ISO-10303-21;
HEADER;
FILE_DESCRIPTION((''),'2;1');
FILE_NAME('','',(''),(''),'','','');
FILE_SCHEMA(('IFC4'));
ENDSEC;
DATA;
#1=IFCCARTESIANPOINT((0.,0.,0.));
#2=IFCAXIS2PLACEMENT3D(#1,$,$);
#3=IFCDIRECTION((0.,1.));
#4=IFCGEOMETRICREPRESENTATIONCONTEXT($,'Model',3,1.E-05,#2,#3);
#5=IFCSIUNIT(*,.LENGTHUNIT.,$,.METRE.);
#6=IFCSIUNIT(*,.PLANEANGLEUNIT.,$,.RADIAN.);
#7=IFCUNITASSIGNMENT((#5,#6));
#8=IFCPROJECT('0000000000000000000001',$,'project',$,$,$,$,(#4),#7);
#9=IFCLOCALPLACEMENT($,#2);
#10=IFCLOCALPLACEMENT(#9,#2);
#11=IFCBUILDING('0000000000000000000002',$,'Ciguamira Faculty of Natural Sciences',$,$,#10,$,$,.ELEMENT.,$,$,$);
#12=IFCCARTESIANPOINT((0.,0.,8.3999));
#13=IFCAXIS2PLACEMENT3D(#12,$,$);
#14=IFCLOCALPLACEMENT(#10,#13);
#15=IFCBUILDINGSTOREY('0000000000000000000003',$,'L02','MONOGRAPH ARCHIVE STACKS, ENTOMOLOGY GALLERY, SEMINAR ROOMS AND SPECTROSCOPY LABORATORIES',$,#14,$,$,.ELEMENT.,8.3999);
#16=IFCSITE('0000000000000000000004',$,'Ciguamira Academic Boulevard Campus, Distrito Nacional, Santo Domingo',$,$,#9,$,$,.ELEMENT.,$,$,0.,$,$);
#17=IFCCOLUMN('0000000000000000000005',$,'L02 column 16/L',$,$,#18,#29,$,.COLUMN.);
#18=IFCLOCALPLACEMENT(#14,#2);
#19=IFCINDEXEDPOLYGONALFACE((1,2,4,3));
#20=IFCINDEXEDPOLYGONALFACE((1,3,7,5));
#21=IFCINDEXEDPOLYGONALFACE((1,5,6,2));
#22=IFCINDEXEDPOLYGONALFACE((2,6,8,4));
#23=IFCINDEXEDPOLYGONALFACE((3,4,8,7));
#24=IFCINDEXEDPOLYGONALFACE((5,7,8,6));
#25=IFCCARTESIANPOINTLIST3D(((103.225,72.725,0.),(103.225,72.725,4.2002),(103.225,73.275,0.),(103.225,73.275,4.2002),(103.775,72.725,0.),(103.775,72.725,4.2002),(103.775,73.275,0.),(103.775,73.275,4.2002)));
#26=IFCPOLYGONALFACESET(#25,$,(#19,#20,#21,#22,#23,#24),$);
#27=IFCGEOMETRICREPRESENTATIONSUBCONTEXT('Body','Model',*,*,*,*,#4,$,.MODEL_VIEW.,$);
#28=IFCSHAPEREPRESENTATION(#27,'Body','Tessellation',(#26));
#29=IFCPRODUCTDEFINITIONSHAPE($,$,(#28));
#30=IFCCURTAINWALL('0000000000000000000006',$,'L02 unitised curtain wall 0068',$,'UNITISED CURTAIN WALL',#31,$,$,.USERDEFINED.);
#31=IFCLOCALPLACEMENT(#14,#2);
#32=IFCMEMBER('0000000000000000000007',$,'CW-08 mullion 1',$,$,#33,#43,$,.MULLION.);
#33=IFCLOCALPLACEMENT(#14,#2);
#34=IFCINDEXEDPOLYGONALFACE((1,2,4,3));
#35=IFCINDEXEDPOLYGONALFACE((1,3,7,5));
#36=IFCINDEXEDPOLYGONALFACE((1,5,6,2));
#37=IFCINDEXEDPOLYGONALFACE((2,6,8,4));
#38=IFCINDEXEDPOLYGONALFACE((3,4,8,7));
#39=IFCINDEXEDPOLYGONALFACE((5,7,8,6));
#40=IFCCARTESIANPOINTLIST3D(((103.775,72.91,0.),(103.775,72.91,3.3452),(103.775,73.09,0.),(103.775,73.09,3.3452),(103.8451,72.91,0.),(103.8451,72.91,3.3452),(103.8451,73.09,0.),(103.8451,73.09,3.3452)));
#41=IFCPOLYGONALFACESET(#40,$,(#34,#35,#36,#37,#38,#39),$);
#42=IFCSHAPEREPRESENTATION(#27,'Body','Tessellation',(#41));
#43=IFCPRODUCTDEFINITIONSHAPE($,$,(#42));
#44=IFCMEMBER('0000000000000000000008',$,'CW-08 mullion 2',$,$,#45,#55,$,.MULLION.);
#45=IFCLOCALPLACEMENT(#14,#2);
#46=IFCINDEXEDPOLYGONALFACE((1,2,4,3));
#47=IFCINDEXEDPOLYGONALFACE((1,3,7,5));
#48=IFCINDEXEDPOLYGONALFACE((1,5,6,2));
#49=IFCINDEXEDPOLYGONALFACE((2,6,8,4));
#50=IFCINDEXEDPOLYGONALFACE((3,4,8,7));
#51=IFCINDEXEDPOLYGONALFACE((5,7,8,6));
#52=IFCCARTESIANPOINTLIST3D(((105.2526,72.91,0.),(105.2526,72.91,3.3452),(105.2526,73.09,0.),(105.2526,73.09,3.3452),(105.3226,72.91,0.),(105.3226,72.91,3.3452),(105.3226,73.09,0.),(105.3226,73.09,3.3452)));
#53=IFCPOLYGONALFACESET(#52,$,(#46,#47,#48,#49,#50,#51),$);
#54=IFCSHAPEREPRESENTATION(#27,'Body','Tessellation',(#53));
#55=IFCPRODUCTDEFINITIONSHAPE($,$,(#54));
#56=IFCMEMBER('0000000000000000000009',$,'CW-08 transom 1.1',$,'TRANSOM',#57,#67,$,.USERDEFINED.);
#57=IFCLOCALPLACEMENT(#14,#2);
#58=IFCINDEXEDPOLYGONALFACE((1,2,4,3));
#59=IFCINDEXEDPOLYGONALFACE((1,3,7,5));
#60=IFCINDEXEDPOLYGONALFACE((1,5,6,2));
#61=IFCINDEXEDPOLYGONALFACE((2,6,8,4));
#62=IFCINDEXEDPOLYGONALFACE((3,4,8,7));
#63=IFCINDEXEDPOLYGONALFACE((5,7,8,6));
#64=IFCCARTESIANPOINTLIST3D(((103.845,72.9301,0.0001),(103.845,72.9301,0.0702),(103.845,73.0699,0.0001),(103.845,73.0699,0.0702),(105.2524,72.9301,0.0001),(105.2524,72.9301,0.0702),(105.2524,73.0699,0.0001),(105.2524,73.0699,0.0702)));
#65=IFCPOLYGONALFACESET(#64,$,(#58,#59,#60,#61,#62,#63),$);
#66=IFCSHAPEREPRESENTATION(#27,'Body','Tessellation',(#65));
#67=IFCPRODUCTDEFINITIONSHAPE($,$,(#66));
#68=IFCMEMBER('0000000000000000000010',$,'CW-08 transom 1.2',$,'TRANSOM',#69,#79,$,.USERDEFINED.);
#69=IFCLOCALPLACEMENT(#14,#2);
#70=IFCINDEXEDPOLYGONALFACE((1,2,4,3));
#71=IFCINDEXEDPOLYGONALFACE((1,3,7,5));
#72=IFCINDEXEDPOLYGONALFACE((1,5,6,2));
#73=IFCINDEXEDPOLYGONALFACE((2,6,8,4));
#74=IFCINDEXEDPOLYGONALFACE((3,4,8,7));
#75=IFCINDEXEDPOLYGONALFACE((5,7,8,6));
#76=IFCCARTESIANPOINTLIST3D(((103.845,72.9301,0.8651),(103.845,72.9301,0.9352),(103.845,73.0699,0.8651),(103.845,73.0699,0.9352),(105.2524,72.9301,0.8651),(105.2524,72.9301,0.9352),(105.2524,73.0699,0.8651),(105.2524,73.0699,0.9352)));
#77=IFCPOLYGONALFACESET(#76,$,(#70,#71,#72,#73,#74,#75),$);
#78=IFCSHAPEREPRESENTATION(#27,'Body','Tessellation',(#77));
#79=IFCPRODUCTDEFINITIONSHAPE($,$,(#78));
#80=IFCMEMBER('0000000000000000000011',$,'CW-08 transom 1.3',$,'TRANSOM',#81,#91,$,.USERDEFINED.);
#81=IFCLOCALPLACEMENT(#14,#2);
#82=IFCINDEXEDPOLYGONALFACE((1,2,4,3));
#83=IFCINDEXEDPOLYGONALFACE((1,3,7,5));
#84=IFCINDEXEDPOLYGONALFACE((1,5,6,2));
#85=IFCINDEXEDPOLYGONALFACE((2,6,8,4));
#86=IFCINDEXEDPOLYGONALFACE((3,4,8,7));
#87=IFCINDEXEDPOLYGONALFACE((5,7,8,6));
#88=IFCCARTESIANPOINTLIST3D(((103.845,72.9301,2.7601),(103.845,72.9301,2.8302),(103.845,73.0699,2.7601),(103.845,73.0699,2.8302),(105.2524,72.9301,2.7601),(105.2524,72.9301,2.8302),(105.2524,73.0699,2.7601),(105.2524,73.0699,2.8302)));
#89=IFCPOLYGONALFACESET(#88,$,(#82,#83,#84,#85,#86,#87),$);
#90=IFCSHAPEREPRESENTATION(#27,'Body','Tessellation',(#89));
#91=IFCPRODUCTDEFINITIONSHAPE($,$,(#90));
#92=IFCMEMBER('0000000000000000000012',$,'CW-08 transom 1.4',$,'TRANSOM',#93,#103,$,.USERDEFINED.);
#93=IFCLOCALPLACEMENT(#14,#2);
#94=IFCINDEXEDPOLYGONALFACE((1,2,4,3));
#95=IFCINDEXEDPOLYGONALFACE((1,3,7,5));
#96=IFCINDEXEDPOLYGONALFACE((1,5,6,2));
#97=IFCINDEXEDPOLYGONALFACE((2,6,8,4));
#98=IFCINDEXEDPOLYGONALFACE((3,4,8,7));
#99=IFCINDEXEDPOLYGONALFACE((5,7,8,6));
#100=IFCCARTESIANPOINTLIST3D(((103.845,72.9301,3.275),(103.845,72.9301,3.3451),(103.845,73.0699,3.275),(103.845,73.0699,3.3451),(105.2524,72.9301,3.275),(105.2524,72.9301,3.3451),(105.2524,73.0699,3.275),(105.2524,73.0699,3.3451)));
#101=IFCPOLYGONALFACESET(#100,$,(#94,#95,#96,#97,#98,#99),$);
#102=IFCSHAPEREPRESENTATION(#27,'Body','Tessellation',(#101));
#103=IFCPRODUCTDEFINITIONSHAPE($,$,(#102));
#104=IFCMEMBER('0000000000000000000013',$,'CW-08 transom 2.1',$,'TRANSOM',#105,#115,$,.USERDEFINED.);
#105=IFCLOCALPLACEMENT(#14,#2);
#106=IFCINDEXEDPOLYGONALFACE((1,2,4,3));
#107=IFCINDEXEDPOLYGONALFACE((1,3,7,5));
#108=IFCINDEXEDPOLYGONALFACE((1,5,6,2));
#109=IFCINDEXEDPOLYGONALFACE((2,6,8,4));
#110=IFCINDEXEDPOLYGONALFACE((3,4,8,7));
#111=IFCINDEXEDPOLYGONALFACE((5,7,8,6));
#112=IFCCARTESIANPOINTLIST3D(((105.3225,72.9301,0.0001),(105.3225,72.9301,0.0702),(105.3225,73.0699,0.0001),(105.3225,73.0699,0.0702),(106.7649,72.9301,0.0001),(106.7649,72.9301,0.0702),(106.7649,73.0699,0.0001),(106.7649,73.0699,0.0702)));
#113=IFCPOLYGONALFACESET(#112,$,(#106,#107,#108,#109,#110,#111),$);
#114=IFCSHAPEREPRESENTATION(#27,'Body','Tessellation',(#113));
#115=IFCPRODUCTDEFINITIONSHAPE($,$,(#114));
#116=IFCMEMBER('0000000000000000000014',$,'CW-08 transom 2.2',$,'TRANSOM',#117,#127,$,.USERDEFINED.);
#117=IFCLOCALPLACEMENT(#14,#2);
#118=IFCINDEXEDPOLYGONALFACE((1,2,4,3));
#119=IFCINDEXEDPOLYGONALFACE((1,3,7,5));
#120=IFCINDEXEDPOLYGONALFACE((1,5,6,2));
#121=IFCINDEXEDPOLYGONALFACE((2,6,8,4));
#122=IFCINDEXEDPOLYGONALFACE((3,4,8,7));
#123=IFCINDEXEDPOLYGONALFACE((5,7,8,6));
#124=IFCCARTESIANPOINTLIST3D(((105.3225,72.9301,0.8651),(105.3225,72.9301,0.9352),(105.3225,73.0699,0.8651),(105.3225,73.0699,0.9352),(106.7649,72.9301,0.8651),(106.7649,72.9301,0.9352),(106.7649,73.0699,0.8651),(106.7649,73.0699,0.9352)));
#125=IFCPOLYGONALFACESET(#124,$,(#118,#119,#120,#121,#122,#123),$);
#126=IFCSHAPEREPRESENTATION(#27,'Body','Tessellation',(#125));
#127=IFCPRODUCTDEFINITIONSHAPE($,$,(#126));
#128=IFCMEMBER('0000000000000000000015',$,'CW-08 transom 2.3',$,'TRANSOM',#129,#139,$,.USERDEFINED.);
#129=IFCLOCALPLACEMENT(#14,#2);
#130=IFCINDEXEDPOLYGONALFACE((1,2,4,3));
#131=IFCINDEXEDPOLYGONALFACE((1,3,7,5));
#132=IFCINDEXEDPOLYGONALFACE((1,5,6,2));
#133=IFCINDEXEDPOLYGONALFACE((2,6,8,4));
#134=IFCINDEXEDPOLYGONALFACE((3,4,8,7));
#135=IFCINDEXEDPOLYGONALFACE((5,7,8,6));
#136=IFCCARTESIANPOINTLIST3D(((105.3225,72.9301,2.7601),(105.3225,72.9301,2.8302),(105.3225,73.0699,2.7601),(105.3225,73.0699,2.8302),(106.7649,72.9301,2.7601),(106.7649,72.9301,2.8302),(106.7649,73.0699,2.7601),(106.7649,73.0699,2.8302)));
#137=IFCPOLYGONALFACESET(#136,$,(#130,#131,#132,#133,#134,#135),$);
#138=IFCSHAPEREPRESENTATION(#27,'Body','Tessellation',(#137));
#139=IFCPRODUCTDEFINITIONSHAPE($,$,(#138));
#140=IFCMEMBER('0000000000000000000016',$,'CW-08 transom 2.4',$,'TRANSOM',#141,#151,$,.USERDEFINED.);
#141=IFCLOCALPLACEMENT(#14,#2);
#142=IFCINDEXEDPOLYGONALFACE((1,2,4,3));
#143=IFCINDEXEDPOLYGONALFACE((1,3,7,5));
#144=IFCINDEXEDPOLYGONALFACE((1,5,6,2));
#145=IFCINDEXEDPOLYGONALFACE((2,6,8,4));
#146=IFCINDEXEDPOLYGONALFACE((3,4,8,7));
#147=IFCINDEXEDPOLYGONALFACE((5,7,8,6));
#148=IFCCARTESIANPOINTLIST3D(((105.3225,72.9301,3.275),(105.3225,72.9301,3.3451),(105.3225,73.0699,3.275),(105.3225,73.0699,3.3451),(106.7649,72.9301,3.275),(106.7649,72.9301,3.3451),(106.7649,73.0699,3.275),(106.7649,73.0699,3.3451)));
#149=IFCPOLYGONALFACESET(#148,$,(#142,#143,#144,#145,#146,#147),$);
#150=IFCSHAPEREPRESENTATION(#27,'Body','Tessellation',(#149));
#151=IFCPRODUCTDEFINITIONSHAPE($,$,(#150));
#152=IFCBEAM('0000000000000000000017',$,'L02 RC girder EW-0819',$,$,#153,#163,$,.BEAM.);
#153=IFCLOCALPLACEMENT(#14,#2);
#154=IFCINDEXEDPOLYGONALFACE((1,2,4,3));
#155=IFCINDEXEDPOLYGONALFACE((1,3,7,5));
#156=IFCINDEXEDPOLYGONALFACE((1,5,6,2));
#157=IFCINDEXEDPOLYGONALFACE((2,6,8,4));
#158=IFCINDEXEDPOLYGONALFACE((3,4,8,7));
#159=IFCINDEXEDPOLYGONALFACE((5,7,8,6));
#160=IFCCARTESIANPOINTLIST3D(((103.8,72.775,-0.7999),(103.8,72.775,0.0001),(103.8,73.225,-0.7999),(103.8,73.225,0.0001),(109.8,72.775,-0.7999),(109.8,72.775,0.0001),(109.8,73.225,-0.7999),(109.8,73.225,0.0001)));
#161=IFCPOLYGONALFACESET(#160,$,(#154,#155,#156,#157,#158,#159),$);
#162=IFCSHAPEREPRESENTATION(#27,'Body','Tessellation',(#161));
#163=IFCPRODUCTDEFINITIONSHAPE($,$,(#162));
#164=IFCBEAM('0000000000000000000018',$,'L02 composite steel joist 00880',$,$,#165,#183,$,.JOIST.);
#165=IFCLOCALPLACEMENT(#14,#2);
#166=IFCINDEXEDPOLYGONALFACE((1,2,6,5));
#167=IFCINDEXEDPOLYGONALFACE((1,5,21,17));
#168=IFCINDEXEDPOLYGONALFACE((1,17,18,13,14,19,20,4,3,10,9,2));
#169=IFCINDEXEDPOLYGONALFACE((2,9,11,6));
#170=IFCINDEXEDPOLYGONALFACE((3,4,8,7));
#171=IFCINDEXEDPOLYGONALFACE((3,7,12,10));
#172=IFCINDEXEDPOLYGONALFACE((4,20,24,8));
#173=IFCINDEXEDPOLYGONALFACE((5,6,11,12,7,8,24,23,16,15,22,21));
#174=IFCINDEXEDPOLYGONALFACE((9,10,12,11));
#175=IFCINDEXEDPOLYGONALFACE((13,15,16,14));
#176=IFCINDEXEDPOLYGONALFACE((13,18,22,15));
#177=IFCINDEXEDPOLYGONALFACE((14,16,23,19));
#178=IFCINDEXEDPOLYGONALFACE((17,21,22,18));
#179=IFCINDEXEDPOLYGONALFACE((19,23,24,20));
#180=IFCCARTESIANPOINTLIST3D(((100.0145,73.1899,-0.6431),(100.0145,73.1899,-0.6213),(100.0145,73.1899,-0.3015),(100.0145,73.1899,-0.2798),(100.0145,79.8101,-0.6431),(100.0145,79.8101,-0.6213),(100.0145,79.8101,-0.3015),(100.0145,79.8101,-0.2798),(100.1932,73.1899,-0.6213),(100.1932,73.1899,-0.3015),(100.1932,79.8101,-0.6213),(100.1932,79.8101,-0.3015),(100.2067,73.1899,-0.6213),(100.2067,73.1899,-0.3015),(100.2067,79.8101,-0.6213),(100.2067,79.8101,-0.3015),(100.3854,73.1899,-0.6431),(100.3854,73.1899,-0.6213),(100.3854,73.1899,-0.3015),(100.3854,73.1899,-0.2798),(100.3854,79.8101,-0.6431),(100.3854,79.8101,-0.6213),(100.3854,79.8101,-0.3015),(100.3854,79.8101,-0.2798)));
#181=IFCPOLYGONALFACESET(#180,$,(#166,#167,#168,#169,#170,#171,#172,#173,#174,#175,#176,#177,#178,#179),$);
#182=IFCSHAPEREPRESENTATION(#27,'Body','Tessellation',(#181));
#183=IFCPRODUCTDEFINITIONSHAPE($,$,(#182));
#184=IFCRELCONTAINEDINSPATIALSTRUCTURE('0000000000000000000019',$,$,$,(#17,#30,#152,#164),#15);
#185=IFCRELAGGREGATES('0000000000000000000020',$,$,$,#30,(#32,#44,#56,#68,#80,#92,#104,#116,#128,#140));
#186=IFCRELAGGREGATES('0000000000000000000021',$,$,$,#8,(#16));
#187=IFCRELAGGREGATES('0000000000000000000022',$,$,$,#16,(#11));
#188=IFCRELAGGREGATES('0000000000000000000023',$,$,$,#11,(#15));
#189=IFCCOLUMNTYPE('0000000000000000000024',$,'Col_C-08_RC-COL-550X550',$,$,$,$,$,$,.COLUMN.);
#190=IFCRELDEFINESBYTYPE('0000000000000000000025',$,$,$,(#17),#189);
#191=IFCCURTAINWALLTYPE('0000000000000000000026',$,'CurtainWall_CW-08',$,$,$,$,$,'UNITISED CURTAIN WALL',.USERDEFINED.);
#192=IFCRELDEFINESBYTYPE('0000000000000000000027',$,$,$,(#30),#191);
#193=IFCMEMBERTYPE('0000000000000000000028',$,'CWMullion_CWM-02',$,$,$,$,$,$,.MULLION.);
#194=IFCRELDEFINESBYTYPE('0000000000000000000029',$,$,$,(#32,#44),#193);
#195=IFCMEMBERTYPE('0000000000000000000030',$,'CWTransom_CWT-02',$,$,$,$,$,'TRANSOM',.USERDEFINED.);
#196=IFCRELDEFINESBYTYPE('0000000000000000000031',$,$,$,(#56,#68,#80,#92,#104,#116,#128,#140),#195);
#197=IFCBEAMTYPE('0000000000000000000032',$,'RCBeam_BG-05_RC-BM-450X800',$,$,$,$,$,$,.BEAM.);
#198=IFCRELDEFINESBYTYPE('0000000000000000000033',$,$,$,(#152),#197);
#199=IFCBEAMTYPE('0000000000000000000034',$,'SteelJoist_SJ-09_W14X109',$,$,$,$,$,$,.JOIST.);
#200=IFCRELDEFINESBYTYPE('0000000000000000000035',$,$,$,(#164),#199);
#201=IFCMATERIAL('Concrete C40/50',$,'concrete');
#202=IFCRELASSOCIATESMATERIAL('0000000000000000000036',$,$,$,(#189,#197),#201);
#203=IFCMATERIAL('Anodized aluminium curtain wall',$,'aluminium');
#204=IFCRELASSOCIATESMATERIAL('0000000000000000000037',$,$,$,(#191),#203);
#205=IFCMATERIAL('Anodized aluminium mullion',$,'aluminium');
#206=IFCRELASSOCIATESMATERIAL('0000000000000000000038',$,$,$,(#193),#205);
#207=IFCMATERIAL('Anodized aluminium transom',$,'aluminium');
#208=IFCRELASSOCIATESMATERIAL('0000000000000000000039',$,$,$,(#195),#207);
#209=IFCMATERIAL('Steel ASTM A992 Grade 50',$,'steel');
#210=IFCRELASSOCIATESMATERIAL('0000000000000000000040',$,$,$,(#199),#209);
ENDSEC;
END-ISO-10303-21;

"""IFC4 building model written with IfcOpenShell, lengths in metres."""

from ifc_helpers import new_model, si_unit, direction, frame, origin, origin_2d, place, context, subcontext, project, spatial, rectangle, i_section, extrude, material, material_profile, profile_set, type_object, element, aggregate, save


model = new_model("IFC4")

# Units and contexts
model_context = context("Model", 3, precision=1e-05, world=origin(), true_north=direction((0.0, 1.0)))
body_context = subcontext(model_context, "Body", "Model", "MODEL_VIEW")
ifc_project = project(units=[si_unit("LENGTHUNIT", "METRE"), si_unit("PLANEANGLEUNIT", "RADIAN")], contexts=[model_context])

# Site, building, storey
site_placement = place(None, origin())
site = spatial("IfcSite", under=ifc_project, at=site_placement, Name="Ciguamira Academic Boulevard Campus, Distrito Nacional, Santo Domingo", CompositionType="ELEMENT", RefElevation=0.0)
building_placement = place(site_placement, origin())
building = spatial("IfcBuilding", under=site, at=building_placement, Name="Ciguamira Faculty of Natural Sciences", CompositionType="ELEMENT")
storey_placement = place(building_placement, frame((0.0, 0.0, 8.3999)))
storey = spatial("IfcBuildingStorey", under=building, at=storey_placement, Name="L02", Description="MONOGRAPH ARCHIVE STACKS, ENTOMOLOGY GALLERY, SEMINAR ROOMS AND SPECTROSCOPY LABORATORIES", CompositionType="ELEMENT", Elevation=8.3999)

# Column
ifc_material_1 = material(Name="Concrete C40/50", Category="concrete")
ifc_material_profile_1 = material_profile(ifc_material_1, rectangle(XDim=0.55, YDim=0.55, at=origin_2d()), Name="RC-COL-550X550")
ifc_profile_set_1 = profile_set([ifc_material_profile_1], Name="Concrete C40/50")
column_type = type_object("IfcColumnType", Name="Col_C-08_RC-COL-550X550", PredefinedType="COLUMN", material=ifc_profile_set_1)
column_placement = place(storey_placement, frame((103.5, 73.0, 0.0), z_axis=(0.0, 0.0, 1.0), x_axis=(1.0, 0.0, 0.0)))
element("IfcColumn", 1, at=column_placement, inside=storey, type_object=column_type, Name="L02 column 16/L", PredefinedType="COLUMN", context=body_context, shape_type="SweptSolid", body=[
    extrude(rectangle(XDim=0.55, YDim=0.55, at=origin_2d()), origin(), (0.0, 0.0, 1.0), 4.2002),
])

# Curtain wall, members
ifc_material_2 = material(Name="Anodized aluminium curtain wall", Category="aluminium")
curtain_wall_type = type_object("IfcCurtainWallType", Name="CurtainWall_CW-08", ElementType="UNITISED CURTAIN WALL", PredefinedType="USERDEFINED", material=ifc_material_2)
curtain_wall_placement = place(storey_placement, origin())
curtain_wall = element("IfcCurtainWall", 2, at=curtain_wall_placement, inside=storey, type_object=curtain_wall_type, Name="L02 unitised curtain wall 0068", ObjectType="UNITISED CURTAIN WALL", PredefinedType="USERDEFINED")
ifc_material_3 = material(Name="Anodized aluminium mullion", Category="aluminium")
ifc_material_profile_2 = material_profile(ifc_material_3, rectangle(XDim=0.0701, YDim=0.1799, at=origin_2d()), Name="ALU-MUL-70X180")
ifc_profile_set_2 = profile_set([ifc_material_profile_2], Name="Anodized aluminium mullion")
member_type_1 = type_object("IfcMemberType", Name="CWMullion_CWM-02", PredefinedType="MULLION", material=ifc_profile_set_2)
member_1_placement = place(storey_placement, frame((103.8101, 73.0, 0.0), z_axis=(0.0, 0.0, 1.0), x_axis=(1.0, 0.0, 0.0)))
member_1 = element("IfcMember", 3, at=member_1_placement, type_object=member_type_1, Name="CW-08 mullion 1", PredefinedType="MULLION", context=body_context, shape_type="SweptSolid", body=[
    extrude(rectangle(XDim=0.0701, YDim=0.1799, at=origin_2d()), origin(), (0.0, 0.0, 1.0), 3.3452),
])
member_2_placement = place(storey_placement, frame((105.2876, 73.0, 0.0), z_axis=(0.0, 0.0, 1.0), x_axis=(1.0, 0.0, 0.0)))
member_2 = element("IfcMember", 4, at=member_2_placement, type_object=member_type_1, Name="CW-08 mullion 2", PredefinedType="MULLION", context=body_context, shape_type="SweptSolid", body=[
    extrude(rectangle(XDim=0.0701, YDim=0.1799, at=origin_2d()), origin(), (0.0, 0.0, 1.0), 3.3452),
])
ifc_material_4 = material(Name="Anodized aluminium transom", Category="aluminium")
ifc_material_profile_3 = material_profile(ifc_material_4, rectangle(XDim=0.0701, YDim=0.1399, at=origin_2d()), Name="ALU-TRN-70X140")
ifc_profile_set_3 = profile_set([ifc_material_profile_3], Name="Anodized aluminium transom")
member_type_2 = type_object("IfcMemberType", Name="CWTransom_CWT-02", ElementType="TRANSOM", PredefinedType="USERDEFINED", material=ifc_profile_set_3)
member_3_placement = place(storey_placement, frame((103.845, 73.0, 0.0352), z_axis=(1.0, 0.0, 0.0), x_axis=(0.0, 0.0, 1.0)))
member_3 = element("IfcMember", 5, at=member_3_placement, type_object=member_type_2, Name="CW-08 transom 1.1", ObjectType="TRANSOM", PredefinedType="USERDEFINED", context=body_context, shape_type="SweptSolid", body=[
    extrude(rectangle(XDim=0.0701, YDim=0.1399, at=origin_2d()), origin(), (0.0, 0.0, 1.0), 1.4075),
])
member_4_placement = place(storey_placement, frame((103.845, 73.0, 0.9001), z_axis=(1.0, 0.0, 0.0), x_axis=(0.0, 0.0, 1.0)))
member_4 = element("IfcMember", 6, at=member_4_placement, type_object=member_type_2, Name="CW-08 transom 1.2", ObjectType="TRANSOM", PredefinedType="USERDEFINED", context=body_context, shape_type="SweptSolid", body=[
    extrude(rectangle(XDim=0.0701, YDim=0.1399, at=origin_2d()), origin(), (0.0, 0.0, 1.0), 1.4075),
])
member_5_placement = place(storey_placement, frame((103.845, 73.0, 2.7952), z_axis=(1.0, 0.0, 0.0), x_axis=(0.0, 0.0, 1.0)))
member_5 = element("IfcMember", 7, at=member_5_placement, type_object=member_type_2, Name="CW-08 transom 1.3", ObjectType="TRANSOM", PredefinedType="USERDEFINED", context=body_context, shape_type="SweptSolid", body=[
    extrude(rectangle(XDim=0.0701, YDim=0.1399, at=origin_2d()), origin(), (0.0, 0.0, 1.0), 1.4075),
])
member_6_placement = place(storey_placement, frame((103.845, 73.0, 3.3101), z_axis=(1.0, 0.0, 0.0), x_axis=(0.0, 0.0, 1.0)))
member_6 = element("IfcMember", 8, at=member_6_placement, type_object=member_type_2, Name="CW-08 transom 1.4", ObjectType="TRANSOM", PredefinedType="USERDEFINED", context=body_context, shape_type="SweptSolid", body=[
    extrude(rectangle(XDim=0.0701, YDim=0.1399, at=origin_2d()), origin(), (0.0, 0.0, 1.0), 1.4075),
])
member_7_placement = place(storey_placement, frame((105.3225, 73.0, 0.0352), z_axis=(1.0, 0.0, 0.0), x_axis=(0.0, 0.0, 1.0)))
member_7 = element("IfcMember", 9, at=member_7_placement, type_object=member_type_2, Name="CW-08 transom 2.1", ObjectType="TRANSOM", PredefinedType="USERDEFINED", context=body_context, shape_type="SweptSolid", body=[
    extrude(rectangle(XDim=0.0701, YDim=0.1399, at=origin_2d()), origin(), (0.0, 0.0, 1.0), 1.4424),
])
member_8_placement = place(storey_placement, frame((105.3225, 73.0, 0.9001), z_axis=(1.0, 0.0, 0.0), x_axis=(0.0, 0.0, 1.0)))
member_8 = element("IfcMember", 10, at=member_8_placement, type_object=member_type_2, Name="CW-08 transom 2.2", ObjectType="TRANSOM", PredefinedType="USERDEFINED", context=body_context, shape_type="SweptSolid", body=[
    extrude(rectangle(XDim=0.0701, YDim=0.1399, at=origin_2d()), origin(), (0.0, 0.0, 1.0), 1.4424),
])
member_9_placement = place(storey_placement, frame((105.3225, 73.0, 2.7952), z_axis=(1.0, 0.0, 0.0), x_axis=(0.0, 0.0, 1.0)))
member_9 = element("IfcMember", 11, at=member_9_placement, type_object=member_type_2, Name="CW-08 transom 2.3", ObjectType="TRANSOM", PredefinedType="USERDEFINED", context=body_context, shape_type="SweptSolid", body=[
    extrude(rectangle(XDim=0.0701, YDim=0.1399, at=origin_2d()), origin(), (0.0, 0.0, 1.0), 1.4424),
])
member_10_placement = place(storey_placement, frame((105.3225, 73.0, 3.3101), z_axis=(1.0, 0.0, 0.0), x_axis=(0.0, 0.0, 1.0)))
member_10 = element("IfcMember", 12, at=member_10_placement, type_object=member_type_2, Name="CW-08 transom 2.4", ObjectType="TRANSOM", PredefinedType="USERDEFINED", context=body_context, shape_type="SweptSolid", body=[
    extrude(rectangle(XDim=0.0701, YDim=0.1399, at=origin_2d()), origin(), (0.0, 0.0, 1.0), 1.4424),
])

# Beams
ifc_material_profile_4 = material_profile(ifc_material_1, rectangle(XDim=0.45, YDim=0.8, at=origin_2d()), Name="RC-BM-450X800")
ifc_profile_set_4 = profile_set([ifc_material_profile_4], Name="Concrete C40/50")
beam_type_1 = type_object("IfcBeamType", Name="RCBeam_BG-05_RC-BM-450X800", PredefinedType="BEAM", material=ifc_profile_set_4)
beam_1_placement = place(storey_placement, frame((103.8, 73.0, -0.3999), z_axis=(1.0, 0.0, 0.0), x_axis=(0.0, 1.0, 0.0)))
element("IfcBeam", 13, at=beam_1_placement, inside=storey, type_object=beam_type_1, Name="L02 RC girder EW-0819", PredefinedType="BEAM", context=body_context, shape_type="SweptSolid", body=[
    extrude(rectangle(XDim=0.45, YDim=0.8, at=origin_2d()), origin(), (0.0, 0.0, 1.0), 6.0),
])
ifc_material_5 = material(Name="Steel ASTM A992 Grade 50", Category="steel")
ifc_material_profile_5 = material_profile(ifc_material_5, i_section(OverallWidth=0.3708, OverallDepth=0.3633, WebThickness=0.0134, FlangeThickness=0.0217, at=origin_2d()), Name="W14X109")
ifc_profile_set_5 = profile_set([ifc_material_profile_5], Name="Steel ASTM A992 Grade 50")
beam_type_2 = type_object("IfcBeamType", Name="SteelJoist_SJ-09_W14X109", PredefinedType="JOIST", material=ifc_profile_set_5)
beam_2_placement = place(storey_placement, frame((100.2, 73.1899, -0.4614), z_axis=(0.0, 1.0, 0.0), x_axis=(-1.0, 0.0, 0.0)))
element("IfcBeam", 14, at=beam_2_placement, inside=storey, type_object=beam_type_2, Name="L02 composite steel joist 00880", PredefinedType="JOIST", context=body_context, shape_type="SweptSolid", body=[
    extrude(i_section(OverallWidth=0.3708, OverallDepth=0.3633, WebThickness=0.0134, FlangeThickness=0.0217, at=origin_2d()), origin(), (0.0, 0.0, 1.0), 6.6201),
])

aggregate(curtain_wall, [member_1, member_2, member_3, member_4, member_5, member_6, member_7, member_8, member_9, member_10])

save(model, "model.ifc")
